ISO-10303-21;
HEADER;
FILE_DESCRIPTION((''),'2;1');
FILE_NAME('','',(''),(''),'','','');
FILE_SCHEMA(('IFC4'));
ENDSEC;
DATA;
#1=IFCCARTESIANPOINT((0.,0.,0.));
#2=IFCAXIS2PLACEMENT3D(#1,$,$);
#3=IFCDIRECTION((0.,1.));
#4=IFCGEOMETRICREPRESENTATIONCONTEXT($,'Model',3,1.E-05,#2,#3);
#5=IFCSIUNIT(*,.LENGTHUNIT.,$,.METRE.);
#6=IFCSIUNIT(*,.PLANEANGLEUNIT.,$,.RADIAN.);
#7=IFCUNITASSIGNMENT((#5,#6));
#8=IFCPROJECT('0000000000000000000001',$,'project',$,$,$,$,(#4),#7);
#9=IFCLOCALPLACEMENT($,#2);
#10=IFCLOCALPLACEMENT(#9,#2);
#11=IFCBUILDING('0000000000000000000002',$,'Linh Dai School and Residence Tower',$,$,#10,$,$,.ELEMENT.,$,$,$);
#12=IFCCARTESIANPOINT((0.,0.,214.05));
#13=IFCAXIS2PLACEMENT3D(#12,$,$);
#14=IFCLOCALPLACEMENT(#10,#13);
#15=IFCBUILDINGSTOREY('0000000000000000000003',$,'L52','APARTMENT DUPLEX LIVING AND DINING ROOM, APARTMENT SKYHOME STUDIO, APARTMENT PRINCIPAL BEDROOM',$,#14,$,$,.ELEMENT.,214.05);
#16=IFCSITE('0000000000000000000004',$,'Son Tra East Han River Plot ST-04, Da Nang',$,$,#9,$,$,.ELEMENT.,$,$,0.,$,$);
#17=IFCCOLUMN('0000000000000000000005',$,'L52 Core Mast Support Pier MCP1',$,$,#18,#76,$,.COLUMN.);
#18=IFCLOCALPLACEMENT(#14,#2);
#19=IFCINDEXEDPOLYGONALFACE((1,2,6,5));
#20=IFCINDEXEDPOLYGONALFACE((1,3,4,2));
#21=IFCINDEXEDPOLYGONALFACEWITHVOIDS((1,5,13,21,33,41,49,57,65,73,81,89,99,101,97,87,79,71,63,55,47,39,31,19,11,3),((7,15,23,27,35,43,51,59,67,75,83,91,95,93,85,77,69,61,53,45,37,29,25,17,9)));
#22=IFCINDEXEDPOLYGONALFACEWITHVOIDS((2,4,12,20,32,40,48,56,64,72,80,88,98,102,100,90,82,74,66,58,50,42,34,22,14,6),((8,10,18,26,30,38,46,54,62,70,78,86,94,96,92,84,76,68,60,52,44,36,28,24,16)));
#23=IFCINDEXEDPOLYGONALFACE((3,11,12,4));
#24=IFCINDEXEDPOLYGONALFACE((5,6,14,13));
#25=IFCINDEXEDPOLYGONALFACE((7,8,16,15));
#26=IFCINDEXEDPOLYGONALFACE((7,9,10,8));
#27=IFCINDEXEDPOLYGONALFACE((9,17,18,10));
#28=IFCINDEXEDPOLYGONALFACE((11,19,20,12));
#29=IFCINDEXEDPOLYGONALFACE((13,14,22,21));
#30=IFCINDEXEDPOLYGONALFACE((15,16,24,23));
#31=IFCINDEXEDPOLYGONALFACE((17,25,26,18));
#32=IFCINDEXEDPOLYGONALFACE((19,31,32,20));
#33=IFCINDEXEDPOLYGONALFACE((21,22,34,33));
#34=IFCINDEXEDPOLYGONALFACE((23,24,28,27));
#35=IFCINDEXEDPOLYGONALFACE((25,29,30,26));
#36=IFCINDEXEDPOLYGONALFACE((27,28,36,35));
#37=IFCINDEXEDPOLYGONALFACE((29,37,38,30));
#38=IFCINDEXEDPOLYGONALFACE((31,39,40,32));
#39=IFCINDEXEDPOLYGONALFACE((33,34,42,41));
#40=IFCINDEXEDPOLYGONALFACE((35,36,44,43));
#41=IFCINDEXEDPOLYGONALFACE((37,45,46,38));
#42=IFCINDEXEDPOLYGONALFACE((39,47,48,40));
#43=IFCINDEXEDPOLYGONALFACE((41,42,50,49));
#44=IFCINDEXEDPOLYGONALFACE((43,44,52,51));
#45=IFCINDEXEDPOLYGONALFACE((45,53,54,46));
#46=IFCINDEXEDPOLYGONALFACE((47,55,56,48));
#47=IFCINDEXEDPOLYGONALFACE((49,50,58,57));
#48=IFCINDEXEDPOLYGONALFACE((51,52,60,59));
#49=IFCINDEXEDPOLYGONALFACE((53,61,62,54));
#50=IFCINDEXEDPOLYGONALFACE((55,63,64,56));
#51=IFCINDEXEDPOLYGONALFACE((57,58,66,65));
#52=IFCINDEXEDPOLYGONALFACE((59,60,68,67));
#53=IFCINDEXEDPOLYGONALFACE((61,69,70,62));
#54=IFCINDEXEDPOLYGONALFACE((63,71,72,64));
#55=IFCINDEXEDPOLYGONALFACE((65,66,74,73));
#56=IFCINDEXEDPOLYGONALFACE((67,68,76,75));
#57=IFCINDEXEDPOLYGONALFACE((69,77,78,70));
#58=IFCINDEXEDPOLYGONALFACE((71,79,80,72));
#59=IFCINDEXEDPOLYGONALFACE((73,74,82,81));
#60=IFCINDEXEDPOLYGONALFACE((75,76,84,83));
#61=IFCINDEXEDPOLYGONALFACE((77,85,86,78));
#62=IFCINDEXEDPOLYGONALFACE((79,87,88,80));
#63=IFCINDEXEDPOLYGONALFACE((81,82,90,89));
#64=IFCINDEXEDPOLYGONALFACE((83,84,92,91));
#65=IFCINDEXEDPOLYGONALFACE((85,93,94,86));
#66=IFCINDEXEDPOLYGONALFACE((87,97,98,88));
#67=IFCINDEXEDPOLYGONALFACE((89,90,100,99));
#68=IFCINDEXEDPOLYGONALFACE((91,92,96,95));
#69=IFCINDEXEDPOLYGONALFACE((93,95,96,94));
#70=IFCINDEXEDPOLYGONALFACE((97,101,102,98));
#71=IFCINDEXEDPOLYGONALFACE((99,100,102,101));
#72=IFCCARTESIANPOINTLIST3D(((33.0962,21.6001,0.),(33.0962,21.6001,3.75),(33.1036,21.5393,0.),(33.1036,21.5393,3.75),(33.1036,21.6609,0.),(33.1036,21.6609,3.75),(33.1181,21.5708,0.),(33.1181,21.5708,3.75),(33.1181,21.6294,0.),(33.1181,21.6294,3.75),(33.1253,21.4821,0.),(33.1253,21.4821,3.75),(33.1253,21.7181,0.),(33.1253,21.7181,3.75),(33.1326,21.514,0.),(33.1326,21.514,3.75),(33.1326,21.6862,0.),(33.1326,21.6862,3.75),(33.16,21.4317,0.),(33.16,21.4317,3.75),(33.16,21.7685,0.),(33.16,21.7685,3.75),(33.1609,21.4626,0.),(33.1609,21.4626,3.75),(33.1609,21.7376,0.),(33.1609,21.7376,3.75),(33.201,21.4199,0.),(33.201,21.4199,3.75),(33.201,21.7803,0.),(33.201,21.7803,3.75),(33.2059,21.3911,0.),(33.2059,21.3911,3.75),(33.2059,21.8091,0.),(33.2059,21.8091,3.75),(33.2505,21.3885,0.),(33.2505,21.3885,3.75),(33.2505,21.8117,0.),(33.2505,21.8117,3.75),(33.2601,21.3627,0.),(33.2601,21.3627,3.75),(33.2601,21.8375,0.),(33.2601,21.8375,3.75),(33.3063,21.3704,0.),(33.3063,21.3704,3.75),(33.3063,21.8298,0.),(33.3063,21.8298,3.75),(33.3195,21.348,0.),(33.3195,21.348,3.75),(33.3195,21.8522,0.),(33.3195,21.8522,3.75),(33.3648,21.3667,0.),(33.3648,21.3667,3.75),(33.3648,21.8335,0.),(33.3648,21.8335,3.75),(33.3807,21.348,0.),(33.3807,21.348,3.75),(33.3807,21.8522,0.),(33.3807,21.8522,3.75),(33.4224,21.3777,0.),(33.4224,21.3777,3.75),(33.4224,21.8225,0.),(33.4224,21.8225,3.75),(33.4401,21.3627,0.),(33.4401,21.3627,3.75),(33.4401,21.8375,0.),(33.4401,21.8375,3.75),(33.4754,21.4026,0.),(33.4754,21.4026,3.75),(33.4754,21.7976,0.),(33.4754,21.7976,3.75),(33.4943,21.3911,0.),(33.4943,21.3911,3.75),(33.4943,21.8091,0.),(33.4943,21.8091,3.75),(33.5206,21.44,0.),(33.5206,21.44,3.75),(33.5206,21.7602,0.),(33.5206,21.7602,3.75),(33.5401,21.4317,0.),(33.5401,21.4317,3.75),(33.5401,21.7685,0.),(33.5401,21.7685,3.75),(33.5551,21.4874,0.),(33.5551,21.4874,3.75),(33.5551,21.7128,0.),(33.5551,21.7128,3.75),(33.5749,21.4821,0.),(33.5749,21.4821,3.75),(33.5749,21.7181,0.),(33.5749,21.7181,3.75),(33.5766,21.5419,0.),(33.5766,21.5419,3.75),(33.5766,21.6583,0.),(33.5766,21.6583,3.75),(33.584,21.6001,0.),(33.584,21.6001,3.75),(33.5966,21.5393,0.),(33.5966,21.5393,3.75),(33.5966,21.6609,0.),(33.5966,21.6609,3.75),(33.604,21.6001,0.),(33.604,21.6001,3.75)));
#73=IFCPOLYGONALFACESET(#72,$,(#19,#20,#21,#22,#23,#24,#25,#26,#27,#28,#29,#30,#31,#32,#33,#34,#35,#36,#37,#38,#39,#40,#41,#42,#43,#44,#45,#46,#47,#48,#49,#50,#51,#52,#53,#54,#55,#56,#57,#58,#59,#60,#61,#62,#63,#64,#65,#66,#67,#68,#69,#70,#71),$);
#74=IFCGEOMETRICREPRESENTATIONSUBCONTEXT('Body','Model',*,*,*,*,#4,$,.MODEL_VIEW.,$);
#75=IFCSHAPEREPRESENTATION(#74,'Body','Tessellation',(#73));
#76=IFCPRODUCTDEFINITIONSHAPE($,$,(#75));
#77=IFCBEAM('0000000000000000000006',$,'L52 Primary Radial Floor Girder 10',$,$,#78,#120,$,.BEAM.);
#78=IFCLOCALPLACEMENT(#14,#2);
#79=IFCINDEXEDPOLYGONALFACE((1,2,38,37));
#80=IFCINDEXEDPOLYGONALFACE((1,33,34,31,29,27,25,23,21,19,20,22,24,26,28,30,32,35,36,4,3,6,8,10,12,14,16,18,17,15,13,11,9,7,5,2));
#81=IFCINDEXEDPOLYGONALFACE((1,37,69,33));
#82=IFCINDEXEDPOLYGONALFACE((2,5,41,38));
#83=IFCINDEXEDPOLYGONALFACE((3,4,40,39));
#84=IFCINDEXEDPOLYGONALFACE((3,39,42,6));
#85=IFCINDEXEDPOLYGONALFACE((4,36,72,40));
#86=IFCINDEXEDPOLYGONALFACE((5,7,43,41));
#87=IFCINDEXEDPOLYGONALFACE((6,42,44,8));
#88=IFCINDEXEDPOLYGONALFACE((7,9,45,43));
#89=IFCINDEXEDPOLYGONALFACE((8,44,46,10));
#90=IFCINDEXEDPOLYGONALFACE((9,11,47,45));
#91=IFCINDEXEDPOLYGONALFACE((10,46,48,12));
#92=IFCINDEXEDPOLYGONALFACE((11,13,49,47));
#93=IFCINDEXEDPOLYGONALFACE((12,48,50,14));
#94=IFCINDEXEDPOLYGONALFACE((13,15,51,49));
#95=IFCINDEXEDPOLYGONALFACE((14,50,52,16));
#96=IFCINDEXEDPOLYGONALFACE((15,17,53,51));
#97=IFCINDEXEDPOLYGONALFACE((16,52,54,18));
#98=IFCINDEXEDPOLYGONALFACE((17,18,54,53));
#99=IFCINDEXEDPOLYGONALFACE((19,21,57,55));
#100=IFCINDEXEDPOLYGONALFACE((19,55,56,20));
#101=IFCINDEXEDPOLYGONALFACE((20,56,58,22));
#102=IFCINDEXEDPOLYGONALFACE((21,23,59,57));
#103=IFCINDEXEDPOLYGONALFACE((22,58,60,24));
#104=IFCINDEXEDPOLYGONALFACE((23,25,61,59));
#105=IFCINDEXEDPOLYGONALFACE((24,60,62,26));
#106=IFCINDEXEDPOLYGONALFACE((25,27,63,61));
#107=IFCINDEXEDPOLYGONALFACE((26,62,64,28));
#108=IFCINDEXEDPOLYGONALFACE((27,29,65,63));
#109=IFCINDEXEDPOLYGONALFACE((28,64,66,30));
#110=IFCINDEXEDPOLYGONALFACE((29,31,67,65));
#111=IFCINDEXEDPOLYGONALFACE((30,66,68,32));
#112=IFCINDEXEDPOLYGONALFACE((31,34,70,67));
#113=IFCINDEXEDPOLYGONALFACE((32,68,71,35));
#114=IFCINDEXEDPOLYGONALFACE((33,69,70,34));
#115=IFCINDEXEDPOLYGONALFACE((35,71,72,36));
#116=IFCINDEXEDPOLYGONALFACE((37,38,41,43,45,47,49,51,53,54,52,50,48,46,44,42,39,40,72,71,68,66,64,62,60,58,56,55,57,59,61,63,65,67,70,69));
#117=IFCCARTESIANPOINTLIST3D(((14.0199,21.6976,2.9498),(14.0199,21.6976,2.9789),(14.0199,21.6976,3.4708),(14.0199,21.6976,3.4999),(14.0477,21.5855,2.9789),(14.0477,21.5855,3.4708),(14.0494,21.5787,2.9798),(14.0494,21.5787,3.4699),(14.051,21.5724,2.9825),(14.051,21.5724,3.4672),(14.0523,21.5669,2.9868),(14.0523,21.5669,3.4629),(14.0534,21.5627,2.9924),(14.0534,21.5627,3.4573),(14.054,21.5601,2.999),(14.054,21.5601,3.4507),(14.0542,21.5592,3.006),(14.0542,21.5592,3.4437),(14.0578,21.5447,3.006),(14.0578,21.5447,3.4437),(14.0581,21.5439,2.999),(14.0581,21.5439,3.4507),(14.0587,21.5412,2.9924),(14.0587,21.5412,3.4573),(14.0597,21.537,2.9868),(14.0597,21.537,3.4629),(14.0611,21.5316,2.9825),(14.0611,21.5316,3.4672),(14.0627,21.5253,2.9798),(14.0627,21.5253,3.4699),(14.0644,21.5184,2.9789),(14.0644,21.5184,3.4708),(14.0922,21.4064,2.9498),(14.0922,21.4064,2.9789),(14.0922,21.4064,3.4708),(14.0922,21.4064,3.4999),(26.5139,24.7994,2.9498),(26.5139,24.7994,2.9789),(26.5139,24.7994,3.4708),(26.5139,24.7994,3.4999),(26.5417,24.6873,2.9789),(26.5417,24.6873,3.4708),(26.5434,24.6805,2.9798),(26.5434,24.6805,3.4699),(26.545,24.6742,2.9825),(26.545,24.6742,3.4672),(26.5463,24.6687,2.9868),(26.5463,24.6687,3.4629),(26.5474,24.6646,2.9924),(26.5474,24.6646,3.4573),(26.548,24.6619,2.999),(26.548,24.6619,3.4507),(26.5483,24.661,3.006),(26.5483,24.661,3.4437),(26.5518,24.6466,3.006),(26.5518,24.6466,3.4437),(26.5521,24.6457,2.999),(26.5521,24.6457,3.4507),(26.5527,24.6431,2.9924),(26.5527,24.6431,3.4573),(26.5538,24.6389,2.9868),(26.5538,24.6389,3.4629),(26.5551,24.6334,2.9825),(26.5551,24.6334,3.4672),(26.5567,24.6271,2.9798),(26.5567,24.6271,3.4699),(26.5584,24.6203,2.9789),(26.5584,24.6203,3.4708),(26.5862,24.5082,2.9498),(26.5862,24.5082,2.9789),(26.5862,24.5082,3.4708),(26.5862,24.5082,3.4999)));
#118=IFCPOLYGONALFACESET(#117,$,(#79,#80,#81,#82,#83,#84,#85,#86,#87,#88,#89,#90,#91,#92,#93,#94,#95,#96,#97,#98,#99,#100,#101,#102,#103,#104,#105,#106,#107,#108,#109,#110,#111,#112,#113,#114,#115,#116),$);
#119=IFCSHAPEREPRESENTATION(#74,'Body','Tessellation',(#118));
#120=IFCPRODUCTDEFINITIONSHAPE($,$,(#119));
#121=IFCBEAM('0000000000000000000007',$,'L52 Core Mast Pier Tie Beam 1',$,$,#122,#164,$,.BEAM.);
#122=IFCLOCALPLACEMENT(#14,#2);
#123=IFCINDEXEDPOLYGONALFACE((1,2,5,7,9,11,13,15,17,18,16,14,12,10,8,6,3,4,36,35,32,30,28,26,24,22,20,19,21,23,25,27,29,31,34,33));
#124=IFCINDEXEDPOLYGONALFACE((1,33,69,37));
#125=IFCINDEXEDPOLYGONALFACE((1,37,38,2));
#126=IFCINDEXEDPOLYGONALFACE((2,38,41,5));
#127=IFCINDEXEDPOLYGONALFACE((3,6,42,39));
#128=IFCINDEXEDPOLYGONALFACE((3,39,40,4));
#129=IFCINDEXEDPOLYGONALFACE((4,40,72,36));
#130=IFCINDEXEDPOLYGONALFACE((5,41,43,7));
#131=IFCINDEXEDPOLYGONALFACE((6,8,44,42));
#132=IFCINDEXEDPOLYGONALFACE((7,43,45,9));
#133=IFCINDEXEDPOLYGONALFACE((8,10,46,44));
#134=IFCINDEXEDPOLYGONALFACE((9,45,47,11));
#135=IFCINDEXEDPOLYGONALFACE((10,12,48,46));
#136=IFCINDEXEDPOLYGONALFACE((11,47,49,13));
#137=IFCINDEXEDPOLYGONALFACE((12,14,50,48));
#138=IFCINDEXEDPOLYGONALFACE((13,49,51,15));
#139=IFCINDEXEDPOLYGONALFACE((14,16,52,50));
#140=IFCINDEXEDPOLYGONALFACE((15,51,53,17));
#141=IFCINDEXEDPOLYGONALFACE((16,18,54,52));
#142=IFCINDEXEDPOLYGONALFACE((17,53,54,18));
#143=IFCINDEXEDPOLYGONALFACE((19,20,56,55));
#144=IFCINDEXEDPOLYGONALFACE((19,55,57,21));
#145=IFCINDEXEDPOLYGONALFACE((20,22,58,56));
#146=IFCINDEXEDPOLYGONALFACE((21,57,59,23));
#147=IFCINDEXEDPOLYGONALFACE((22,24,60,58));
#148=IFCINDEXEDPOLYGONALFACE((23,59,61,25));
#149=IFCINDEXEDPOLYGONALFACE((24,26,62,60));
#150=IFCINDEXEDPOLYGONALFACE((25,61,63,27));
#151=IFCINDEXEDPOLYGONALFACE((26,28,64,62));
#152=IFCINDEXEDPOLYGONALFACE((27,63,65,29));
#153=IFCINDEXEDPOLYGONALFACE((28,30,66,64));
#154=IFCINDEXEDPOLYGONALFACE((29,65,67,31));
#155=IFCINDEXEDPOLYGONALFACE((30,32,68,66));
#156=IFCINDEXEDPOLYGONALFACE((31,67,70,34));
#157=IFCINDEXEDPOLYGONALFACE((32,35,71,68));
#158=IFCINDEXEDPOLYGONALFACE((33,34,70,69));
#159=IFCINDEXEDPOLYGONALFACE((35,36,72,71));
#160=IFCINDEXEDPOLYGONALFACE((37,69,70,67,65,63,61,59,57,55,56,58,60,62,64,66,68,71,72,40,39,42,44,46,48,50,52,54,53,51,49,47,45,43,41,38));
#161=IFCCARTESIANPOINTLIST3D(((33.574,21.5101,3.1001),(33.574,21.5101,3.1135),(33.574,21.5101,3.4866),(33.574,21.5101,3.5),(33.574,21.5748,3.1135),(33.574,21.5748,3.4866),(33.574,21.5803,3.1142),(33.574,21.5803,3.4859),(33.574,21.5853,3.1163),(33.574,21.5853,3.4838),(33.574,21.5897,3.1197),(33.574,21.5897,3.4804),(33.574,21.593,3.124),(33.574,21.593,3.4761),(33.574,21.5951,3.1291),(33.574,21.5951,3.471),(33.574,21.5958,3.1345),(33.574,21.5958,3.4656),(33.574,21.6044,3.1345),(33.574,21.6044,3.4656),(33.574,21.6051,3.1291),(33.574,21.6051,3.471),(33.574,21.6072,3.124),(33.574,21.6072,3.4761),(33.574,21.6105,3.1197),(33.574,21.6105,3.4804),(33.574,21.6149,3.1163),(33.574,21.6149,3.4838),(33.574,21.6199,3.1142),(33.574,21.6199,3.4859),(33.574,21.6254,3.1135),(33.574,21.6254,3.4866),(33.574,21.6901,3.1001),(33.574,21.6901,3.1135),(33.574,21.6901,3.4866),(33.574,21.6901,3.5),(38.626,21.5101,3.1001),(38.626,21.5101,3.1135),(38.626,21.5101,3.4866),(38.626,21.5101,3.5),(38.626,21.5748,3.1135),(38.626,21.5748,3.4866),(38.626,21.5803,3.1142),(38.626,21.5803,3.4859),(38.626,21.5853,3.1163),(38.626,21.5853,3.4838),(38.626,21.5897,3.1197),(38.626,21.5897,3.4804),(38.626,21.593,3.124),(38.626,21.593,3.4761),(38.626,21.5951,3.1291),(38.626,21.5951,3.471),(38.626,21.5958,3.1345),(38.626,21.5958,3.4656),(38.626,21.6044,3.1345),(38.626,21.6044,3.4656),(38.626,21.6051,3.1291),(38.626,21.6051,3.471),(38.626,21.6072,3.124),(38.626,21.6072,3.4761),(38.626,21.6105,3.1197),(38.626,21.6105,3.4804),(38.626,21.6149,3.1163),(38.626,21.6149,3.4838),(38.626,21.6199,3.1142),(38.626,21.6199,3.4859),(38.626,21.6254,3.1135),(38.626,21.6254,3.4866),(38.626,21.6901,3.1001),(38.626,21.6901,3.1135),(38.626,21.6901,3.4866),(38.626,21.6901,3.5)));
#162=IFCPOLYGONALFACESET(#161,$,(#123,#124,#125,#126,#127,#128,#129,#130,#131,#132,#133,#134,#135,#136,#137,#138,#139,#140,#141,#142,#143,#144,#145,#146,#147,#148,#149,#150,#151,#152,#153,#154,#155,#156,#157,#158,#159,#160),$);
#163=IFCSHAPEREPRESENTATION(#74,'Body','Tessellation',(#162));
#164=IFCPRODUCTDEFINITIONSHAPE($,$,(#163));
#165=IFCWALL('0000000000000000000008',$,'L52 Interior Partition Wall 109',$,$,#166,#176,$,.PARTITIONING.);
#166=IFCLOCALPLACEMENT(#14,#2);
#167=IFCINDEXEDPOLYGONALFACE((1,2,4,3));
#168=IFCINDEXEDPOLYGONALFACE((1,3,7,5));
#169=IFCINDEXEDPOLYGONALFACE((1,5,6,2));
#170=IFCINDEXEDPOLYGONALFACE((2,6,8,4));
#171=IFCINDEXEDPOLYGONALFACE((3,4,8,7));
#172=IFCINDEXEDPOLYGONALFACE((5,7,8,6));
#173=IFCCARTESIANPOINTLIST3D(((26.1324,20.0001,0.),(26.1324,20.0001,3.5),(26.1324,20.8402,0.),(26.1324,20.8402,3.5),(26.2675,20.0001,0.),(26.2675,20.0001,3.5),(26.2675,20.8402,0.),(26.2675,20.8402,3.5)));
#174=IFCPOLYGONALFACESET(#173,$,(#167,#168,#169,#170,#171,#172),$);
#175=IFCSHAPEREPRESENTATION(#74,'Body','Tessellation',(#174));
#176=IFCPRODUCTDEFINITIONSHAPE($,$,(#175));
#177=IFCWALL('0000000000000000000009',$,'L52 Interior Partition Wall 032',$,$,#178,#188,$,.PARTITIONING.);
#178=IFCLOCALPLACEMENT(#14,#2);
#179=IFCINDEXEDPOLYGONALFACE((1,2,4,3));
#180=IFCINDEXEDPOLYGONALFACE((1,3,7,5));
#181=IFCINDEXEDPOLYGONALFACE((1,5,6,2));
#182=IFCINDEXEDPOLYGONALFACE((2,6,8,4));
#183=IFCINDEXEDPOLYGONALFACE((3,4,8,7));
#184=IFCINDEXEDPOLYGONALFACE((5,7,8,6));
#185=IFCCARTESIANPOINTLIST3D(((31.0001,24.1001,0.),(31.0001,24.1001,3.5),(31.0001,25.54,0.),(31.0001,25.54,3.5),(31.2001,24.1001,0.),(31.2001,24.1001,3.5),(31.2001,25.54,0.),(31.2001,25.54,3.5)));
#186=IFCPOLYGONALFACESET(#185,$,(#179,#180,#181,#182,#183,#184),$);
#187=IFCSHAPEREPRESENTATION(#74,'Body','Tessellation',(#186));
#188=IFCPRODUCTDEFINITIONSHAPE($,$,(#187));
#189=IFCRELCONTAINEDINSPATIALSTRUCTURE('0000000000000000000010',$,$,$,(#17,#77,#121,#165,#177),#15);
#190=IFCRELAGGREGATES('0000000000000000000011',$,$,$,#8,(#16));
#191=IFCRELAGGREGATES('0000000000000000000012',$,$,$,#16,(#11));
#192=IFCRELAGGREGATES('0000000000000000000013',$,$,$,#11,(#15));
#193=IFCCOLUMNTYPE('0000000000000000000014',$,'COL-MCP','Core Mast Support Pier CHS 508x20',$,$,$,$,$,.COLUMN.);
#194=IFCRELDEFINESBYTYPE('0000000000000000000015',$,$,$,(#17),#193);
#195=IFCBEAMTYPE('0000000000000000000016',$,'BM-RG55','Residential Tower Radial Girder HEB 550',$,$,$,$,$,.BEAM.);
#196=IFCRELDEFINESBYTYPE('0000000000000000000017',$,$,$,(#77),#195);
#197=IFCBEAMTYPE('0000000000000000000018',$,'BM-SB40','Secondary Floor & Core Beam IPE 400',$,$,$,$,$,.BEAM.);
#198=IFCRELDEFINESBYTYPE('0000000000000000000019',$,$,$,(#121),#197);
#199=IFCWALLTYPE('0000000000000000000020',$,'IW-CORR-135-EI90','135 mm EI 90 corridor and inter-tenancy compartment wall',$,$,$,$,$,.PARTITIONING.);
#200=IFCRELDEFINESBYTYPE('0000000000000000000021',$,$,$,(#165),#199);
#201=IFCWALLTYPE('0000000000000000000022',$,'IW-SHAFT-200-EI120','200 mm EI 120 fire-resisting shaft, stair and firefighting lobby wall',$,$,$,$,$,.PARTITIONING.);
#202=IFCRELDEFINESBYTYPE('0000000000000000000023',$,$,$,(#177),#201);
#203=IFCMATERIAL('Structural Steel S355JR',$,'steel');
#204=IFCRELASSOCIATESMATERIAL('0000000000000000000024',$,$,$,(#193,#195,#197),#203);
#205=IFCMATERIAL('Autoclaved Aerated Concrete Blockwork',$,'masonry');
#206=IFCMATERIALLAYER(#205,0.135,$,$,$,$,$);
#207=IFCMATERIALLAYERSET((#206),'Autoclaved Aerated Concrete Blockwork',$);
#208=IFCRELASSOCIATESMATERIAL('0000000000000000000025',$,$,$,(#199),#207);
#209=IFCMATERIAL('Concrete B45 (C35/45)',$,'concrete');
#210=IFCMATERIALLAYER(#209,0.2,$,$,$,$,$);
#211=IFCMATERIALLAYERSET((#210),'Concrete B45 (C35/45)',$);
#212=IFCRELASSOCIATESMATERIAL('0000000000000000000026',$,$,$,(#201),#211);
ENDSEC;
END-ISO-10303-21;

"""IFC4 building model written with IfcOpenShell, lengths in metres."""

from ifc_helpers import new_model, si_unit, direction, frame, frame_2d, origin, origin_2d, place, context, subcontext, project, spatial, rectangle, hollow_circle, i_section, extrude, material, layer, layer_set, material_profile, profile_set, type_object, element, save


model = new_model("IFC4")

# Units and contexts
model_context = context("Model", 3, precision=1e-05, world=origin(), true_north=direction((0.0, 1.0)))
body_context = subcontext(model_context, "Body", "Model", "MODEL_VIEW")
ifc_project = project(units=[si_unit("LENGTHUNIT", "METRE"), si_unit("PLANEANGLEUNIT", "RADIAN")], contexts=[model_context])

# Site, building, storey
site_placement = place(None, origin())
site = spatial("IfcSite", under=ifc_project, at=site_placement, Name="Son Tra East Han River Plot ST-04, Da Nang", CompositionType="ELEMENT", RefElevation=0.0)
building_placement = place(site_placement, origin())
building = spatial("IfcBuilding", under=site, at=building_placement, Name="Linh Dai School and Residence Tower", CompositionType="ELEMENT")
storey_placement = place(building_placement, frame((0.0, 0.0, 214.05)))
storey = spatial("IfcBuildingStorey", under=building, at=storey_placement, Name="L52", Description="APARTMENT DUPLEX LIVING AND DINING ROOM, APARTMENT SKYHOME STUDIO, APARTMENT PRINCIPAL BEDROOM", CompositionType="ELEMENT", Elevation=214.05)

# Column
ifc_material_1 = material(Name="Structural Steel S355JR", Category="steel")
ifc_material_profile_1 = material_profile(ifc_material_1, hollow_circle(Radius=0.2539, WallThickness=0.02, at=origin_2d()), Name="CHS 508x20")
ifc_profile_set_1 = profile_set([ifc_material_profile_1], Name="Structural Steel S355JR")
column_type_1 = type_object("IfcColumnType", Name="COL-MCP", Description="Core Mast Support Pier CHS 508x20", PredefinedType="COLUMN", material=ifc_profile_set_1)
column_placement = place(storey_placement, frame((33.3501, 21.6001, 0.0), z_axis=(0.0, 0.0, 1.0), x_axis=(1.0, 0.0, 0.0)))
element("IfcColumn", 1, at=column_placement, inside=storey, type_object=column_type_1, Name="L52 Core Mast Support Pier MCP1", PredefinedType="COLUMN", context=body_context, shape_type="SweptSolid", body=[
    extrude(hollow_circle(Radius=0.2539, WallThickness=0.02, at=origin_2d()), origin(), (0.0, 0.0, 1.0), 3.75),
])

# Beams
ifc_material_profile_2 = material_profile(ifc_material_1, i_section(OverallWidth=0.3, OverallDepth=0.55, WebThickness=0.0149, FlangeThickness=0.0291, FilletRadius=0.0271, at=origin_2d()), Name="HEB 550")
ifc_profile_set_2 = profile_set([ifc_material_profile_2], Name="Structural Steel S355JR")
beam_type_1 = type_object("IfcBeamType", Name="BM-RG55", Description="Residential Tower Radial Girder HEB 550", PredefinedType="BEAM", material=ifc_profile_set_2)
beam_1_placement = place(storey_placement, frame((26.55, 24.6538, 3.2249), z_axis=(-0.970537, -0.240951, 0.0), x_axis=(0.240951, -0.970537, 0.0)))
element("IfcBeam", 2, at=beam_1_placement, inside=storey, type_object=beam_type_1, Name="L52 Primary Radial Floor Girder 10", PredefinedType="BEAM", context=body_context, shape_type="SweptSolid", body=[
    extrude(i_section(OverallWidth=0.3, OverallDepth=0.55, WebThickness=0.0149, FlangeThickness=0.0291, FilletRadius=0.0271, at=origin_2d()), origin(), (0.0, 0.0, 1.0), 12.8733),
])
ifc_material_profile_3 = material_profile(ifc_material_1, i_section(OverallWidth=0.1799, OverallDepth=0.3999, WebThickness=0.0085, FlangeThickness=0.0134, FilletRadius=0.021, at=origin_2d()), Name="IPE 400")
ifc_profile_set_3 = profile_set([ifc_material_profile_3], Name="Structural Steel S355JR")
beam_type_2 = type_object("IfcBeamType", Name="BM-SB40", Description="Secondary Floor & Core Beam IPE 400", PredefinedType="BEAM", material=ifc_profile_set_3)
beam_2_placement = place(storey_placement, frame((33.574, 21.6001, 3.3), z_axis=(1.0, 0.0, 0.0), x_axis=(0.0, 1.0, 0.0)))
element("IfcBeam", 3, at=beam_2_placement, inside=storey, type_object=beam_type_2, Name="L52 Core Mast Pier Tie Beam 1", PredefinedType="BEAM", context=body_context, shape_type="SweptSolid", body=[
    extrude(i_section(OverallWidth=0.1799, OverallDepth=0.3999, WebThickness=0.0085, FlangeThickness=0.0134, FilletRadius=0.021, at=origin_2d()), origin(), (0.0, 0.0, 1.0), 5.052),
])

# Shared definitions
ifc_material_2 = material(Name="Autoclaved Aerated Concrete Blockwork", Category="masonry")
ifc_layer_1 = layer(ifc_material_2, 0.135)
ifc_layer_set_1 = layer_set([ifc_layer_1], Name="Autoclaved Aerated Concrete Blockwork")
wall_type_1 = type_object("IfcWallType", Name="IW-CORR-135-EI90", Description="135 mm EI 90 corridor and inter-tenancy compartment wall", PredefinedType="PARTITIONING", material=ifc_layer_set_1)

# Wall
wall_1_placement = place(storey_placement, frame((26.2, 20.8401, 0.0), z_axis=(0.0, 0.0, 1.0), x_axis=(0.0, -1.0, 0.0)))
element("IfcWall", 4, at=wall_1_placement, inside=storey, type_object=wall_type_1, Name="L52 Interior Partition Wall 109", PredefinedType="PARTITIONING", context=body_context, shape_type="SweptSolid", body=[
    extrude(rectangle(XDim=0.8401, YDim=0.135, at=frame_2d((0.4199, 0.0))), origin(), (0.0, 0.0, 1.0), 3.5),
])

# Shared definitions
ifc_material_3 = material(Name="Concrete B45 (C35/45)", Category="concrete")
ifc_layer_2 = layer(ifc_material_3, 0.2)
ifc_layer_set_2 = layer_set([ifc_layer_2], Name="Concrete B45 (C35/45)")
wall_type_2 = type_object("IfcWallType", Name="IW-SHAFT-200-EI120", Description="200 mm EI 120 fire-resisting shaft, stair and firefighting lobby wall", PredefinedType="PARTITIONING", material=ifc_layer_set_2)

# Wall
wall_2_placement = place(storey_placement, frame((31.1001, 24.1001, 0.0), z_axis=(0.0, 0.0, 1.0), x_axis=(0.0, 1.0, 0.0)))
element("IfcWall", 5, at=wall_2_placement, inside=storey, type_object=wall_type_2, Name="L52 Interior Partition Wall 032", PredefinedType="PARTITIONING", context=body_context, shape_type="SweptSolid", body=[
    extrude(rectangle(XDim=1.4399, YDim=0.2, at=frame_2d((0.72, 0.0))), origin(), (0.0, 0.0, 1.0), 3.5),
])

save(model, "model.ifc")
